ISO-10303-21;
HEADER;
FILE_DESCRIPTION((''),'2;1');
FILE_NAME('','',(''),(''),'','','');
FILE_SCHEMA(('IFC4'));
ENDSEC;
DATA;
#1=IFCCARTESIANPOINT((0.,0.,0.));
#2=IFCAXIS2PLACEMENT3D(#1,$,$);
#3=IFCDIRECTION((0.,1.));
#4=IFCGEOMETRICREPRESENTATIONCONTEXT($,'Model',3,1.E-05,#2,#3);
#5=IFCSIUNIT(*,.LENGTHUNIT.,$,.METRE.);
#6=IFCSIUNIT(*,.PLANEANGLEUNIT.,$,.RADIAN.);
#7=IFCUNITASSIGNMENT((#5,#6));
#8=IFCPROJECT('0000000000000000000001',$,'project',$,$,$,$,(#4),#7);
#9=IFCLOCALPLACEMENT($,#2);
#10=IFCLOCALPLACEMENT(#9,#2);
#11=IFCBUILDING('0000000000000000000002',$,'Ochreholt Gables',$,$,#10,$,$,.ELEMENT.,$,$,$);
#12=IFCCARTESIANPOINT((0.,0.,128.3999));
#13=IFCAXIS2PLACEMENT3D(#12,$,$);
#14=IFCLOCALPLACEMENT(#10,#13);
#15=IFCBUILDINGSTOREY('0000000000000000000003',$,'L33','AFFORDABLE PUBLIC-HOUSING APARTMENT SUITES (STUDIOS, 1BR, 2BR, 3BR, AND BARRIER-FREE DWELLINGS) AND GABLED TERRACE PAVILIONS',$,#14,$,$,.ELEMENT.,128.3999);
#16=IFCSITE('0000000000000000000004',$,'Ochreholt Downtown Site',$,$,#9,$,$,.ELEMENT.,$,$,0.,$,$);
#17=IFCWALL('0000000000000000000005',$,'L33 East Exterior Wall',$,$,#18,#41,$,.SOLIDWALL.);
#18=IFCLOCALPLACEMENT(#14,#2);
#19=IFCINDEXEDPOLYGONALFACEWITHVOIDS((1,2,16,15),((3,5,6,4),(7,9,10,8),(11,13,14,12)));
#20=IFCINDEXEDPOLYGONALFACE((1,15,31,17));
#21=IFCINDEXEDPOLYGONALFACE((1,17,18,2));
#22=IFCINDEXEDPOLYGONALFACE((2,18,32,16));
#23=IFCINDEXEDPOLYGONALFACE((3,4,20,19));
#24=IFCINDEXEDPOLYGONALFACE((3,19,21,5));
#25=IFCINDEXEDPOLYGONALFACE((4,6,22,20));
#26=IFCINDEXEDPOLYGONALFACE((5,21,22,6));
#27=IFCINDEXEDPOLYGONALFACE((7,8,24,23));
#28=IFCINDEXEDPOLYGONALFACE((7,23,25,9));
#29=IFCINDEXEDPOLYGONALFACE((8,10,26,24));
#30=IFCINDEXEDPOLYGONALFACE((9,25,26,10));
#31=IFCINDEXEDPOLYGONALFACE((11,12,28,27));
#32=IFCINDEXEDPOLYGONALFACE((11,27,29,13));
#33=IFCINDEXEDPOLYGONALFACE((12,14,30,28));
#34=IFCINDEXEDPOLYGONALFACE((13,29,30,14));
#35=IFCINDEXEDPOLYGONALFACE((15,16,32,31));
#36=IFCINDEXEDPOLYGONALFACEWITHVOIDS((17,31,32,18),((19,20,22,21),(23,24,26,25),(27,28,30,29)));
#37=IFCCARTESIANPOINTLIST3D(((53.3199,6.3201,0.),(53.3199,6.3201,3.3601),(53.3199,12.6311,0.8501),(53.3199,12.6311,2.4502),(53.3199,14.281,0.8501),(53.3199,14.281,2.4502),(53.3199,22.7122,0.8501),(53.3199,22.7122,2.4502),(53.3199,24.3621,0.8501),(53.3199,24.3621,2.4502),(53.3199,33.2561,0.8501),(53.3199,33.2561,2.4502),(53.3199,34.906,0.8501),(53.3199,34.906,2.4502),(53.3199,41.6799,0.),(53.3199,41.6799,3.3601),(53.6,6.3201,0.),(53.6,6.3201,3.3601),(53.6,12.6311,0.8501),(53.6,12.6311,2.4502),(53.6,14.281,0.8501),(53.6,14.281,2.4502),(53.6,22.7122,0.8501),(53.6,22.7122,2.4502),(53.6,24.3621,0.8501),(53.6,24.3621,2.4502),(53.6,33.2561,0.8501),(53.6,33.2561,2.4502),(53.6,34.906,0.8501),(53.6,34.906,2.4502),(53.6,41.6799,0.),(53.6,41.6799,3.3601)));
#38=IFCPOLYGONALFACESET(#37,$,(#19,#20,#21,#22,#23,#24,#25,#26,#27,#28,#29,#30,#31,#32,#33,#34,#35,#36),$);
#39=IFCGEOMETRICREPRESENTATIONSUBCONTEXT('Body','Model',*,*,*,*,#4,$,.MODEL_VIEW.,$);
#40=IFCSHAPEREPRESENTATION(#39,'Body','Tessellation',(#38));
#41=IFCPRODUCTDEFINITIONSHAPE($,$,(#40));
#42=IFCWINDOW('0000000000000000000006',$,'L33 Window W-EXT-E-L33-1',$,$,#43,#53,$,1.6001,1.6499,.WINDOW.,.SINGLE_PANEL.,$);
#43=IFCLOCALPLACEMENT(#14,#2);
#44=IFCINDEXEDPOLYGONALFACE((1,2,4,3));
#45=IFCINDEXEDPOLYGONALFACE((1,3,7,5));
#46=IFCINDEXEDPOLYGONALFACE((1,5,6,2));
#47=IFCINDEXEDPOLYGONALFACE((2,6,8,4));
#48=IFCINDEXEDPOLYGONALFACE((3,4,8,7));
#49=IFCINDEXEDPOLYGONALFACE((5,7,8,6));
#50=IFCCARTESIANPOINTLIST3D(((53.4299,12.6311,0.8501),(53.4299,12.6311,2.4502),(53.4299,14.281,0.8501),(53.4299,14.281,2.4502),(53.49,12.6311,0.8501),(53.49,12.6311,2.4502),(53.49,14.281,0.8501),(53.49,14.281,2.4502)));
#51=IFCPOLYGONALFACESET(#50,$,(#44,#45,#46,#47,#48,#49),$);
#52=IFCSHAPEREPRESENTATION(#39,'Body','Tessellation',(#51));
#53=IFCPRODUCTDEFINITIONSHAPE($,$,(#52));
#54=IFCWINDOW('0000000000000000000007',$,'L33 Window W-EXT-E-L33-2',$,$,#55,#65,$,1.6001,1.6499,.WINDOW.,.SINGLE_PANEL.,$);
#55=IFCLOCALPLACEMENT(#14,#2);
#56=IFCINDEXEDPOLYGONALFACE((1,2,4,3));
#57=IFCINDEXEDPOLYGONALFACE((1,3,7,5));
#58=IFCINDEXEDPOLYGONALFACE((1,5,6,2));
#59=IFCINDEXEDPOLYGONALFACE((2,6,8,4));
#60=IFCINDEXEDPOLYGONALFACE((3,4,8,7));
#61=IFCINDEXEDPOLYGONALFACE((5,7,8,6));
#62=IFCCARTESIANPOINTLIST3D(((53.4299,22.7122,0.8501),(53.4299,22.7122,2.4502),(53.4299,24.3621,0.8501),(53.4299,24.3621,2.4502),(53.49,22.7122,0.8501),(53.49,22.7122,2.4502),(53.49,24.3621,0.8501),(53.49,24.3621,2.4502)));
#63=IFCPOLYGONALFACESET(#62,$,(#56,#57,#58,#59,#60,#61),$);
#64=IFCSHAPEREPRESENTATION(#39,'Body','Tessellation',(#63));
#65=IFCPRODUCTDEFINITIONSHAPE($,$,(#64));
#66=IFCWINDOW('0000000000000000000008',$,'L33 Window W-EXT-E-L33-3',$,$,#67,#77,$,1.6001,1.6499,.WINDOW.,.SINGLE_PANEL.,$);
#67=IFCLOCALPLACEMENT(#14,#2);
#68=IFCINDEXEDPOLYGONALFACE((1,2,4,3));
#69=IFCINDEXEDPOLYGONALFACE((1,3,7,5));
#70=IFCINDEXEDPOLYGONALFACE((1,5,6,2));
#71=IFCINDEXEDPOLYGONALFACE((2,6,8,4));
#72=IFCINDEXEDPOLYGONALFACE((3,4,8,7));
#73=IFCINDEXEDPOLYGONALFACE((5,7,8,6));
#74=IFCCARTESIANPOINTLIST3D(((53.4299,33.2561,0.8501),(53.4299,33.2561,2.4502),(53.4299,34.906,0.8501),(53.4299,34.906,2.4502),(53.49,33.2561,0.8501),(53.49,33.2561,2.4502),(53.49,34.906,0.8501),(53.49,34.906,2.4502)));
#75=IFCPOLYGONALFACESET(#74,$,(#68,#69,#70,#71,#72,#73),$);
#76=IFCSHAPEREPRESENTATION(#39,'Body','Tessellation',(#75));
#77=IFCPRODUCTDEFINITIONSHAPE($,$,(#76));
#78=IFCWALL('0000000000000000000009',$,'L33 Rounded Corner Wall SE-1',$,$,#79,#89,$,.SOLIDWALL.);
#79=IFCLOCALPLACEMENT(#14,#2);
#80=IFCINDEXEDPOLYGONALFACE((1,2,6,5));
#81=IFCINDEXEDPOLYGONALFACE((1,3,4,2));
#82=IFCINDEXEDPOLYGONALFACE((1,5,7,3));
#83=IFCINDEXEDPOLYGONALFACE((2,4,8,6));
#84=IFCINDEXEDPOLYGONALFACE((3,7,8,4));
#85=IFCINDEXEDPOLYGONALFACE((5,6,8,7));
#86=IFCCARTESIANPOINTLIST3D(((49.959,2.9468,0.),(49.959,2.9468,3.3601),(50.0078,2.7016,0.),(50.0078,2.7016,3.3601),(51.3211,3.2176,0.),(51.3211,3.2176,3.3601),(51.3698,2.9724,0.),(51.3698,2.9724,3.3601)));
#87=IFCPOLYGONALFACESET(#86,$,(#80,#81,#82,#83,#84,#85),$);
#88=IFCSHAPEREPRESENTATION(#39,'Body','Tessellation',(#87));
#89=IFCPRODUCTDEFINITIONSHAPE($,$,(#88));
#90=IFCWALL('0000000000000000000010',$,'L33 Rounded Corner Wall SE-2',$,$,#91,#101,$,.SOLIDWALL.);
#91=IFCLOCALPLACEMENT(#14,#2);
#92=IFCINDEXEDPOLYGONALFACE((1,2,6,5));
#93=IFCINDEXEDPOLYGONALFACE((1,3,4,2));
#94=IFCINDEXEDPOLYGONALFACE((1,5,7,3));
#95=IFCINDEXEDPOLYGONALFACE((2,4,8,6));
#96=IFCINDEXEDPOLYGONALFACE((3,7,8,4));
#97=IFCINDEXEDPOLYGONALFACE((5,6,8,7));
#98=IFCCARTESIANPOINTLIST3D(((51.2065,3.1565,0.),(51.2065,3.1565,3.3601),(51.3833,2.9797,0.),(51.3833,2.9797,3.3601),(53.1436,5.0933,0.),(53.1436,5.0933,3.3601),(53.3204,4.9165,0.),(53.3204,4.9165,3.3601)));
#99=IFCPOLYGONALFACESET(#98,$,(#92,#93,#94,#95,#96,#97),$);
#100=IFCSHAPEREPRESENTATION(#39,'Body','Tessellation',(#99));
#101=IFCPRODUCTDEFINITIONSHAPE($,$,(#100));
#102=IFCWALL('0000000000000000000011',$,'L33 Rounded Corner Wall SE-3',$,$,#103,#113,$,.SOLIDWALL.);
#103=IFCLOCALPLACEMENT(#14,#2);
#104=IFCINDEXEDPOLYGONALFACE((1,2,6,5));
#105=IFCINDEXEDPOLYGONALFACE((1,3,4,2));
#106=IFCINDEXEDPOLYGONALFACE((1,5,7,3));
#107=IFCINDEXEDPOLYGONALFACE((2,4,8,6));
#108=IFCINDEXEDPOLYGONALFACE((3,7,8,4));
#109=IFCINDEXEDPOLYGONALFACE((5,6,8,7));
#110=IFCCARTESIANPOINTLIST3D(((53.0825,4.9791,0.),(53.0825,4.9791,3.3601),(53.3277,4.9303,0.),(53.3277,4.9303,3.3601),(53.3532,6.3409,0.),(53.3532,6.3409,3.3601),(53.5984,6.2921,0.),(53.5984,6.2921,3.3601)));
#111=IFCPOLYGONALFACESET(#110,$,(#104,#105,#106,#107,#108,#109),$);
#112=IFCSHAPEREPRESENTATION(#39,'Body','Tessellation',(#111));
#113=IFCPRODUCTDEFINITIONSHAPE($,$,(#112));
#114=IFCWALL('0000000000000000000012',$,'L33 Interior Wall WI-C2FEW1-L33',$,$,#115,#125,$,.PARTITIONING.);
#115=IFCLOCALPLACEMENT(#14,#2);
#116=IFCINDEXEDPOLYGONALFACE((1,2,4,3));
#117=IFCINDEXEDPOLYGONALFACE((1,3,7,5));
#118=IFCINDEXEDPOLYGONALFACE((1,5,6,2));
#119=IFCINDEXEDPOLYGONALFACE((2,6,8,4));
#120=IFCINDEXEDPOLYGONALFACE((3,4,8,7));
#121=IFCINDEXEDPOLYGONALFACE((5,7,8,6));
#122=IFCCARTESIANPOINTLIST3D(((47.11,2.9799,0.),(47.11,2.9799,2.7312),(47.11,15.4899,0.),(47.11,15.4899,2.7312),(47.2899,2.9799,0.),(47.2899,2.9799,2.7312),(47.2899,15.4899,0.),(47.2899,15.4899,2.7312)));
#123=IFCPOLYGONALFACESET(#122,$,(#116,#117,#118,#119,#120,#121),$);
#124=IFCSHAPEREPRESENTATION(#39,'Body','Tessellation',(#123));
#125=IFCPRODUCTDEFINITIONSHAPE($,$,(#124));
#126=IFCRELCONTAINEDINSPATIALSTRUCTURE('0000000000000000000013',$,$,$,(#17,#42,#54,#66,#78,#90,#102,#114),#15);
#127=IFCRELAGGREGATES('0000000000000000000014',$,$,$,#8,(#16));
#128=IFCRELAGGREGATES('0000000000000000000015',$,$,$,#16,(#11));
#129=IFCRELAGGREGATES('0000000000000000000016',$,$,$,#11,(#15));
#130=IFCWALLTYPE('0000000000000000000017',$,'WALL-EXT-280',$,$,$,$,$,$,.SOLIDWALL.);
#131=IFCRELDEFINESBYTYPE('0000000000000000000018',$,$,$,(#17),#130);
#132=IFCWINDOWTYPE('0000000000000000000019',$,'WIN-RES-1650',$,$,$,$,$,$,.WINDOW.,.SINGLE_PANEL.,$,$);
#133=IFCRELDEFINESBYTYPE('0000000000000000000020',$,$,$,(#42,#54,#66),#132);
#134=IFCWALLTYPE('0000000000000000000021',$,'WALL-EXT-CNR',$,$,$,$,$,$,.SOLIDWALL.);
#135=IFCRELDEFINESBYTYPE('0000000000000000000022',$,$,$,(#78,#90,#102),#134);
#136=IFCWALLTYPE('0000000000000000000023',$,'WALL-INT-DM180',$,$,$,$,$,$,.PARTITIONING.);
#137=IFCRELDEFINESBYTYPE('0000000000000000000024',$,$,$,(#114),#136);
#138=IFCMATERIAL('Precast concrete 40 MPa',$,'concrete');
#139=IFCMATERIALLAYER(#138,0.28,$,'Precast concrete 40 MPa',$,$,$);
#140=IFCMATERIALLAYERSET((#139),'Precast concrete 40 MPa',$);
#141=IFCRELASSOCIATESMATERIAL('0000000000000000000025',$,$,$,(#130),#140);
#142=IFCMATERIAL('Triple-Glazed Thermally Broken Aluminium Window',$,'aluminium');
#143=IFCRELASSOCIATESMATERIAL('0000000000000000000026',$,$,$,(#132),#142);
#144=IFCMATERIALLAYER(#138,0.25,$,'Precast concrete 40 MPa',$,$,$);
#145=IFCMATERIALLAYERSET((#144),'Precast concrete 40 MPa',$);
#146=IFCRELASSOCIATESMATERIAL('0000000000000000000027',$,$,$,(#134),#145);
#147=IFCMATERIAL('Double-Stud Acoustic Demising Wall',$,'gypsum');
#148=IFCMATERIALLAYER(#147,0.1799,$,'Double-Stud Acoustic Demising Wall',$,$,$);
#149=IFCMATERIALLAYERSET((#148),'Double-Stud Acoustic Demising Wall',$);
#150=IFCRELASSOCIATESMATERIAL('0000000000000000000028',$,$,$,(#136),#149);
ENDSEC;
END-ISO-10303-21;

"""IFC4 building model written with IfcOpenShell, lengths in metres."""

from ifc_helpers import new_model, si_unit, direction, frame, frame_2d, origin, place, context, subcontext, project, spatial, rectangle, extrude, material, layer, layer_set, type_object, element, fill, save


model = new_model("IFC4")

# Units and contexts
model_context = context("Model", 3, precision=1e-05, world=origin(), true_north=direction((0.0, 1.0)))
body_context = subcontext(model_context, "Body", "Model", "MODEL_VIEW")
ifc_project = project(units=[si_unit("LENGTHUNIT", "METRE"), si_unit("PLANEANGLEUNIT", "RADIAN")], contexts=[model_context])

# Site, building, storey
site_placement = place(None, origin())
site = spatial("IfcSite", under=ifc_project, at=site_placement, Name="Ochreholt Downtown Site", CompositionType="ELEMENT", RefElevation=0.0)
building_placement = place(site_placement, origin())
building = spatial("IfcBuilding", under=site, at=building_placement, Name="Ochreholt Gables", CompositionType="ELEMENT")
storey_placement = place(building_placement, frame((0.0, 0.0, 128.3999)))
storey = spatial("IfcBuildingStorey", under=building, at=storey_placement, Name="L33", Description="AFFORDABLE PUBLIC-HOUSING APARTMENT SUITES (STUDIOS, 1BR, 2BR, 3BR, AND BARRIER-FREE DWELLINGS) AND GABLED TERRACE PAVILIONS", CompositionType="ELEMENT", Elevation=128.3999)

# Wall, openings, windows
ifc_material_1 = material(Name="Precast concrete 40 MPa", Category="concrete")
ifc_layer_1 = layer(ifc_material_1, 0.28, Name="Precast concrete 40 MPa")
ifc_layer_set_1 = layer_set([ifc_layer_1], Name="Precast concrete 40 MPa")
wall_type_1 = type_object("IfcWallType", Name="WALL-EXT-280", PredefinedType="SOLIDWALL", material=ifc_layer_set_1)
wall_1_placement = place(storey_placement, frame((53.46, 6.3201, 0.0), z_axis=(0.0, 0.0, 1.0), x_axis=(0.0, 1.0, 0.0)))
wall_1 = element("IfcWall", 1, at=wall_1_placement, inside=storey, type_object=wall_type_1, Name="L33 East Exterior Wall", PredefinedType="SOLIDWALL", context=body_context, shape_type="SweptSolid", body=[
    extrude(rectangle(XDim=35.3599, YDim=0.28, at=frame_2d((17.6799, 0.0))), origin(), (0.0, 0.0, 1.0), 3.3601),
])
opening_1_placement = place(wall_1_placement, frame((6.311, 0.0, 0.8501)))
opening_1 = element("IfcOpeningElement", 2, at=opening_1_placement, cuts=wall_1, PredefinedType="OPENING", context=body_context, shape_type="SweptSolid", body=[
    extrude(rectangle(XDim=1.6499, YDim=1.6001, at=frame_2d((0.825, 0.8))), frame((0.0, 0.1499, 0.0), z_axis=(0.0, -1.0, 0.0), x_axis=(1.0, 0.0, 0.0)), (0.0, 0.0, 1.0), 0.3),
])
opening_2_placement = place(wall_1_placement, frame((16.3921, 0.0, 0.8501)))
opening_2 = element("IfcOpeningElement", 3, at=opening_2_placement, cuts=wall_1, PredefinedType="OPENING", context=body_context, shape_type="SweptSolid", body=[
    extrude(rectangle(XDim=1.6499, YDim=1.6001, at=frame_2d((0.825, 0.8))), frame((0.0, 0.1499, 0.0), z_axis=(0.0, -1.0, 0.0), x_axis=(1.0, 0.0, 0.0)), (0.0, 0.0, 1.0), 0.3),
])
opening_3_placement = place(wall_1_placement, frame((26.936, 0.0, 0.8501)))
opening_3 = element("IfcOpeningElement", 4, at=opening_3_placement, cuts=wall_1, PredefinedType="OPENING", context=body_context, shape_type="SweptSolid", body=[
    extrude(rectangle(XDim=1.6499, YDim=1.6001, at=frame_2d((0.825, 0.8))), frame((0.0, 0.1499, 0.0), z_axis=(0.0, -1.0, 0.0), x_axis=(1.0, 0.0, 0.0)), (0.0, 0.0, 1.0), 0.3),
])
ifc_material_2 = material(Name="Triple-Glazed Thermally Broken Aluminium Window", Category="aluminium")
window_type = type_object("IfcWindowType", Name="WIN-RES-1650", PartitioningType="SINGLE_PANEL", PredefinedType="WINDOW", material=ifc_material_2)
window_1_placement = place(opening_1_placement, origin())
window_1 = element("IfcWindow", 5, at=window_1_placement, inside=storey, type_object=window_type, Name="L33 Window W-EXT-E-L33-1", OverallHeight=1.6001, OverallWidth=1.6499, PartitioningType="SINGLE_PANEL", PredefinedType="WINDOW", context=body_context, shape_type="SweptSolid", body=[
    extrude(rectangle(XDim=1.6499, YDim=1.6001, at=frame_2d((0.825, 0.8))), frame((0.0, 0.03, 0.0), z_axis=(0.0, -1.0, 0.0), x_axis=(1.0, 0.0, 0.0)), (0.0, 0.0, 1.0), 0.0601),
])
fill(opening_1, window_1)
window_2_placement = place(opening_2_placement, origin())
window_2 = element("IfcWindow", 6, at=window_2_placement, inside=storey, type_object=window_type, Name="L33 Window W-EXT-E-L33-2", OverallHeight=1.6001, OverallWidth=1.6499, PartitioningType="SINGLE_PANEL", PredefinedType="WINDOW", context=body_context, shape_type="SweptSolid", body=[
    extrude(rectangle(XDim=1.6499, YDim=1.6001, at=frame_2d((0.825, 0.8))), frame((0.0, 0.03, 0.0), z_axis=(0.0, -1.0, 0.0), x_axis=(1.0, 0.0, 0.0)), (0.0, 0.0, 1.0), 0.0601),
])
fill(opening_2, window_2)
window_3_placement = place(opening_3_placement, origin())
window_3 = element("IfcWindow", 7, at=window_3_placement, inside=storey, type_object=window_type, Name="L33 Window W-EXT-E-L33-3", OverallHeight=1.6001, OverallWidth=1.6499, PartitioningType="SINGLE_PANEL", PredefinedType="WINDOW", context=body_context, shape_type="SweptSolid", body=[
    extrude(rectangle(XDim=1.6499, YDim=1.6001, at=frame_2d((0.825, 0.8))), frame((0.0, 0.03, 0.0), z_axis=(0.0, -1.0, 0.0), x_axis=(1.0, 0.0, 0.0)), (0.0, 0.0, 1.0), 0.0601),
])
fill(opening_3, window_3)

# Walls
ifc_layer_2 = layer(ifc_material_1, 0.25, Name="Precast concrete 40 MPa")
ifc_layer_set_2 = layer_set([ifc_layer_2], Name="Precast concrete 40 MPa")
wall_type_2 = type_object("IfcWallType", Name="WALL-EXT-CNR", PredefinedType="SOLIDWALL", material=ifc_layer_set_2)
wall_2_placement = place(storey_placement, frame((49.9834, 2.8242, 0.0), z_axis=(0.0, 0.0, 1.0), x_axis=(0.98081, 0.194967, 0.0)))
element("IfcWall", 8, at=wall_2_placement, inside=storey, type_object=wall_type_2, Name="L33 Rounded Corner Wall SE-1", PredefinedType="SOLIDWALL", context=body_context, shape_type="SweptSolid", body=[
    extrude(rectangle(XDim=1.3887, YDim=0.25, at=frame_2d((0.6943, 0.0))), origin(), (0.0, 0.0, 1.0), 3.3601),
])
wall_3_placement = place(storey_placement, frame((51.2949, 3.0681, 0.0), z_axis=(0.0, 0.0, 1.0), x_axis=(0.707151, 0.707062, 0.0)))
element("IfcWall", 9, at=wall_3_placement, inside=storey, type_object=wall_type_2, Name="L33 Rounded Corner Wall SE-2", PredefinedType="SOLIDWALL", context=body_context, shape_type="SweptSolid", body=[
    extrude(rectangle(XDim=2.7393, YDim=0.25, at=frame_2d((1.3696, 0.0))), origin(), (0.0, 0.0, 1.0), 3.3601),
])
wall_4_placement = place(storey_placement, frame((53.2051, 4.9546, 0.0), z_axis=(0.0, 0.0, 1.0), x_axis=(0.195, 0.980803, 0.0)))
element("IfcWall", 10, at=wall_4_placement, inside=storey, type_object=wall_type_2, Name="L33 Rounded Corner Wall SE-3", PredefinedType="SOLIDWALL", context=body_context, shape_type="SweptSolid", body=[
    extrude(rectangle(XDim=1.3884, YDim=0.25, at=frame_2d((0.6943, 0.0))), origin(), (0.0, 0.0, 1.0), 3.3601),
])
ifc_material_3 = material(Name="Double-Stud Acoustic Demising Wall", Category="gypsum")
ifc_layer_3 = layer(ifc_material_3, 0.1799, Name="Double-Stud Acoustic Demising Wall")
ifc_layer_set_3 = layer_set([ifc_layer_3], Name="Double-Stud Acoustic Demising Wall")
wall_type_3 = type_object("IfcWallType", Name="WALL-INT-DM180", PredefinedType="PARTITIONING", material=ifc_layer_set_3)
wall_5_placement = place(storey_placement, frame((47.2, 2.98, 0.0), z_axis=(0.0, 0.0, 1.0), x_axis=(0.0, 1.0, 0.0)))
element("IfcWall", 11, at=wall_5_placement, inside=storey, type_object=wall_type_3, Name="L33 Interior Wall WI-C2FEW1-L33", PredefinedType="PARTITIONING", context=body_context, shape_type="SweptSolid", body=[
    extrude(rectangle(XDim=12.51, YDim=0.1799, at=frame_2d((6.2549, 0.0))), origin(), (0.0, 0.0, 1.0), 2.7312),
])

save(model, "model.ifc")
